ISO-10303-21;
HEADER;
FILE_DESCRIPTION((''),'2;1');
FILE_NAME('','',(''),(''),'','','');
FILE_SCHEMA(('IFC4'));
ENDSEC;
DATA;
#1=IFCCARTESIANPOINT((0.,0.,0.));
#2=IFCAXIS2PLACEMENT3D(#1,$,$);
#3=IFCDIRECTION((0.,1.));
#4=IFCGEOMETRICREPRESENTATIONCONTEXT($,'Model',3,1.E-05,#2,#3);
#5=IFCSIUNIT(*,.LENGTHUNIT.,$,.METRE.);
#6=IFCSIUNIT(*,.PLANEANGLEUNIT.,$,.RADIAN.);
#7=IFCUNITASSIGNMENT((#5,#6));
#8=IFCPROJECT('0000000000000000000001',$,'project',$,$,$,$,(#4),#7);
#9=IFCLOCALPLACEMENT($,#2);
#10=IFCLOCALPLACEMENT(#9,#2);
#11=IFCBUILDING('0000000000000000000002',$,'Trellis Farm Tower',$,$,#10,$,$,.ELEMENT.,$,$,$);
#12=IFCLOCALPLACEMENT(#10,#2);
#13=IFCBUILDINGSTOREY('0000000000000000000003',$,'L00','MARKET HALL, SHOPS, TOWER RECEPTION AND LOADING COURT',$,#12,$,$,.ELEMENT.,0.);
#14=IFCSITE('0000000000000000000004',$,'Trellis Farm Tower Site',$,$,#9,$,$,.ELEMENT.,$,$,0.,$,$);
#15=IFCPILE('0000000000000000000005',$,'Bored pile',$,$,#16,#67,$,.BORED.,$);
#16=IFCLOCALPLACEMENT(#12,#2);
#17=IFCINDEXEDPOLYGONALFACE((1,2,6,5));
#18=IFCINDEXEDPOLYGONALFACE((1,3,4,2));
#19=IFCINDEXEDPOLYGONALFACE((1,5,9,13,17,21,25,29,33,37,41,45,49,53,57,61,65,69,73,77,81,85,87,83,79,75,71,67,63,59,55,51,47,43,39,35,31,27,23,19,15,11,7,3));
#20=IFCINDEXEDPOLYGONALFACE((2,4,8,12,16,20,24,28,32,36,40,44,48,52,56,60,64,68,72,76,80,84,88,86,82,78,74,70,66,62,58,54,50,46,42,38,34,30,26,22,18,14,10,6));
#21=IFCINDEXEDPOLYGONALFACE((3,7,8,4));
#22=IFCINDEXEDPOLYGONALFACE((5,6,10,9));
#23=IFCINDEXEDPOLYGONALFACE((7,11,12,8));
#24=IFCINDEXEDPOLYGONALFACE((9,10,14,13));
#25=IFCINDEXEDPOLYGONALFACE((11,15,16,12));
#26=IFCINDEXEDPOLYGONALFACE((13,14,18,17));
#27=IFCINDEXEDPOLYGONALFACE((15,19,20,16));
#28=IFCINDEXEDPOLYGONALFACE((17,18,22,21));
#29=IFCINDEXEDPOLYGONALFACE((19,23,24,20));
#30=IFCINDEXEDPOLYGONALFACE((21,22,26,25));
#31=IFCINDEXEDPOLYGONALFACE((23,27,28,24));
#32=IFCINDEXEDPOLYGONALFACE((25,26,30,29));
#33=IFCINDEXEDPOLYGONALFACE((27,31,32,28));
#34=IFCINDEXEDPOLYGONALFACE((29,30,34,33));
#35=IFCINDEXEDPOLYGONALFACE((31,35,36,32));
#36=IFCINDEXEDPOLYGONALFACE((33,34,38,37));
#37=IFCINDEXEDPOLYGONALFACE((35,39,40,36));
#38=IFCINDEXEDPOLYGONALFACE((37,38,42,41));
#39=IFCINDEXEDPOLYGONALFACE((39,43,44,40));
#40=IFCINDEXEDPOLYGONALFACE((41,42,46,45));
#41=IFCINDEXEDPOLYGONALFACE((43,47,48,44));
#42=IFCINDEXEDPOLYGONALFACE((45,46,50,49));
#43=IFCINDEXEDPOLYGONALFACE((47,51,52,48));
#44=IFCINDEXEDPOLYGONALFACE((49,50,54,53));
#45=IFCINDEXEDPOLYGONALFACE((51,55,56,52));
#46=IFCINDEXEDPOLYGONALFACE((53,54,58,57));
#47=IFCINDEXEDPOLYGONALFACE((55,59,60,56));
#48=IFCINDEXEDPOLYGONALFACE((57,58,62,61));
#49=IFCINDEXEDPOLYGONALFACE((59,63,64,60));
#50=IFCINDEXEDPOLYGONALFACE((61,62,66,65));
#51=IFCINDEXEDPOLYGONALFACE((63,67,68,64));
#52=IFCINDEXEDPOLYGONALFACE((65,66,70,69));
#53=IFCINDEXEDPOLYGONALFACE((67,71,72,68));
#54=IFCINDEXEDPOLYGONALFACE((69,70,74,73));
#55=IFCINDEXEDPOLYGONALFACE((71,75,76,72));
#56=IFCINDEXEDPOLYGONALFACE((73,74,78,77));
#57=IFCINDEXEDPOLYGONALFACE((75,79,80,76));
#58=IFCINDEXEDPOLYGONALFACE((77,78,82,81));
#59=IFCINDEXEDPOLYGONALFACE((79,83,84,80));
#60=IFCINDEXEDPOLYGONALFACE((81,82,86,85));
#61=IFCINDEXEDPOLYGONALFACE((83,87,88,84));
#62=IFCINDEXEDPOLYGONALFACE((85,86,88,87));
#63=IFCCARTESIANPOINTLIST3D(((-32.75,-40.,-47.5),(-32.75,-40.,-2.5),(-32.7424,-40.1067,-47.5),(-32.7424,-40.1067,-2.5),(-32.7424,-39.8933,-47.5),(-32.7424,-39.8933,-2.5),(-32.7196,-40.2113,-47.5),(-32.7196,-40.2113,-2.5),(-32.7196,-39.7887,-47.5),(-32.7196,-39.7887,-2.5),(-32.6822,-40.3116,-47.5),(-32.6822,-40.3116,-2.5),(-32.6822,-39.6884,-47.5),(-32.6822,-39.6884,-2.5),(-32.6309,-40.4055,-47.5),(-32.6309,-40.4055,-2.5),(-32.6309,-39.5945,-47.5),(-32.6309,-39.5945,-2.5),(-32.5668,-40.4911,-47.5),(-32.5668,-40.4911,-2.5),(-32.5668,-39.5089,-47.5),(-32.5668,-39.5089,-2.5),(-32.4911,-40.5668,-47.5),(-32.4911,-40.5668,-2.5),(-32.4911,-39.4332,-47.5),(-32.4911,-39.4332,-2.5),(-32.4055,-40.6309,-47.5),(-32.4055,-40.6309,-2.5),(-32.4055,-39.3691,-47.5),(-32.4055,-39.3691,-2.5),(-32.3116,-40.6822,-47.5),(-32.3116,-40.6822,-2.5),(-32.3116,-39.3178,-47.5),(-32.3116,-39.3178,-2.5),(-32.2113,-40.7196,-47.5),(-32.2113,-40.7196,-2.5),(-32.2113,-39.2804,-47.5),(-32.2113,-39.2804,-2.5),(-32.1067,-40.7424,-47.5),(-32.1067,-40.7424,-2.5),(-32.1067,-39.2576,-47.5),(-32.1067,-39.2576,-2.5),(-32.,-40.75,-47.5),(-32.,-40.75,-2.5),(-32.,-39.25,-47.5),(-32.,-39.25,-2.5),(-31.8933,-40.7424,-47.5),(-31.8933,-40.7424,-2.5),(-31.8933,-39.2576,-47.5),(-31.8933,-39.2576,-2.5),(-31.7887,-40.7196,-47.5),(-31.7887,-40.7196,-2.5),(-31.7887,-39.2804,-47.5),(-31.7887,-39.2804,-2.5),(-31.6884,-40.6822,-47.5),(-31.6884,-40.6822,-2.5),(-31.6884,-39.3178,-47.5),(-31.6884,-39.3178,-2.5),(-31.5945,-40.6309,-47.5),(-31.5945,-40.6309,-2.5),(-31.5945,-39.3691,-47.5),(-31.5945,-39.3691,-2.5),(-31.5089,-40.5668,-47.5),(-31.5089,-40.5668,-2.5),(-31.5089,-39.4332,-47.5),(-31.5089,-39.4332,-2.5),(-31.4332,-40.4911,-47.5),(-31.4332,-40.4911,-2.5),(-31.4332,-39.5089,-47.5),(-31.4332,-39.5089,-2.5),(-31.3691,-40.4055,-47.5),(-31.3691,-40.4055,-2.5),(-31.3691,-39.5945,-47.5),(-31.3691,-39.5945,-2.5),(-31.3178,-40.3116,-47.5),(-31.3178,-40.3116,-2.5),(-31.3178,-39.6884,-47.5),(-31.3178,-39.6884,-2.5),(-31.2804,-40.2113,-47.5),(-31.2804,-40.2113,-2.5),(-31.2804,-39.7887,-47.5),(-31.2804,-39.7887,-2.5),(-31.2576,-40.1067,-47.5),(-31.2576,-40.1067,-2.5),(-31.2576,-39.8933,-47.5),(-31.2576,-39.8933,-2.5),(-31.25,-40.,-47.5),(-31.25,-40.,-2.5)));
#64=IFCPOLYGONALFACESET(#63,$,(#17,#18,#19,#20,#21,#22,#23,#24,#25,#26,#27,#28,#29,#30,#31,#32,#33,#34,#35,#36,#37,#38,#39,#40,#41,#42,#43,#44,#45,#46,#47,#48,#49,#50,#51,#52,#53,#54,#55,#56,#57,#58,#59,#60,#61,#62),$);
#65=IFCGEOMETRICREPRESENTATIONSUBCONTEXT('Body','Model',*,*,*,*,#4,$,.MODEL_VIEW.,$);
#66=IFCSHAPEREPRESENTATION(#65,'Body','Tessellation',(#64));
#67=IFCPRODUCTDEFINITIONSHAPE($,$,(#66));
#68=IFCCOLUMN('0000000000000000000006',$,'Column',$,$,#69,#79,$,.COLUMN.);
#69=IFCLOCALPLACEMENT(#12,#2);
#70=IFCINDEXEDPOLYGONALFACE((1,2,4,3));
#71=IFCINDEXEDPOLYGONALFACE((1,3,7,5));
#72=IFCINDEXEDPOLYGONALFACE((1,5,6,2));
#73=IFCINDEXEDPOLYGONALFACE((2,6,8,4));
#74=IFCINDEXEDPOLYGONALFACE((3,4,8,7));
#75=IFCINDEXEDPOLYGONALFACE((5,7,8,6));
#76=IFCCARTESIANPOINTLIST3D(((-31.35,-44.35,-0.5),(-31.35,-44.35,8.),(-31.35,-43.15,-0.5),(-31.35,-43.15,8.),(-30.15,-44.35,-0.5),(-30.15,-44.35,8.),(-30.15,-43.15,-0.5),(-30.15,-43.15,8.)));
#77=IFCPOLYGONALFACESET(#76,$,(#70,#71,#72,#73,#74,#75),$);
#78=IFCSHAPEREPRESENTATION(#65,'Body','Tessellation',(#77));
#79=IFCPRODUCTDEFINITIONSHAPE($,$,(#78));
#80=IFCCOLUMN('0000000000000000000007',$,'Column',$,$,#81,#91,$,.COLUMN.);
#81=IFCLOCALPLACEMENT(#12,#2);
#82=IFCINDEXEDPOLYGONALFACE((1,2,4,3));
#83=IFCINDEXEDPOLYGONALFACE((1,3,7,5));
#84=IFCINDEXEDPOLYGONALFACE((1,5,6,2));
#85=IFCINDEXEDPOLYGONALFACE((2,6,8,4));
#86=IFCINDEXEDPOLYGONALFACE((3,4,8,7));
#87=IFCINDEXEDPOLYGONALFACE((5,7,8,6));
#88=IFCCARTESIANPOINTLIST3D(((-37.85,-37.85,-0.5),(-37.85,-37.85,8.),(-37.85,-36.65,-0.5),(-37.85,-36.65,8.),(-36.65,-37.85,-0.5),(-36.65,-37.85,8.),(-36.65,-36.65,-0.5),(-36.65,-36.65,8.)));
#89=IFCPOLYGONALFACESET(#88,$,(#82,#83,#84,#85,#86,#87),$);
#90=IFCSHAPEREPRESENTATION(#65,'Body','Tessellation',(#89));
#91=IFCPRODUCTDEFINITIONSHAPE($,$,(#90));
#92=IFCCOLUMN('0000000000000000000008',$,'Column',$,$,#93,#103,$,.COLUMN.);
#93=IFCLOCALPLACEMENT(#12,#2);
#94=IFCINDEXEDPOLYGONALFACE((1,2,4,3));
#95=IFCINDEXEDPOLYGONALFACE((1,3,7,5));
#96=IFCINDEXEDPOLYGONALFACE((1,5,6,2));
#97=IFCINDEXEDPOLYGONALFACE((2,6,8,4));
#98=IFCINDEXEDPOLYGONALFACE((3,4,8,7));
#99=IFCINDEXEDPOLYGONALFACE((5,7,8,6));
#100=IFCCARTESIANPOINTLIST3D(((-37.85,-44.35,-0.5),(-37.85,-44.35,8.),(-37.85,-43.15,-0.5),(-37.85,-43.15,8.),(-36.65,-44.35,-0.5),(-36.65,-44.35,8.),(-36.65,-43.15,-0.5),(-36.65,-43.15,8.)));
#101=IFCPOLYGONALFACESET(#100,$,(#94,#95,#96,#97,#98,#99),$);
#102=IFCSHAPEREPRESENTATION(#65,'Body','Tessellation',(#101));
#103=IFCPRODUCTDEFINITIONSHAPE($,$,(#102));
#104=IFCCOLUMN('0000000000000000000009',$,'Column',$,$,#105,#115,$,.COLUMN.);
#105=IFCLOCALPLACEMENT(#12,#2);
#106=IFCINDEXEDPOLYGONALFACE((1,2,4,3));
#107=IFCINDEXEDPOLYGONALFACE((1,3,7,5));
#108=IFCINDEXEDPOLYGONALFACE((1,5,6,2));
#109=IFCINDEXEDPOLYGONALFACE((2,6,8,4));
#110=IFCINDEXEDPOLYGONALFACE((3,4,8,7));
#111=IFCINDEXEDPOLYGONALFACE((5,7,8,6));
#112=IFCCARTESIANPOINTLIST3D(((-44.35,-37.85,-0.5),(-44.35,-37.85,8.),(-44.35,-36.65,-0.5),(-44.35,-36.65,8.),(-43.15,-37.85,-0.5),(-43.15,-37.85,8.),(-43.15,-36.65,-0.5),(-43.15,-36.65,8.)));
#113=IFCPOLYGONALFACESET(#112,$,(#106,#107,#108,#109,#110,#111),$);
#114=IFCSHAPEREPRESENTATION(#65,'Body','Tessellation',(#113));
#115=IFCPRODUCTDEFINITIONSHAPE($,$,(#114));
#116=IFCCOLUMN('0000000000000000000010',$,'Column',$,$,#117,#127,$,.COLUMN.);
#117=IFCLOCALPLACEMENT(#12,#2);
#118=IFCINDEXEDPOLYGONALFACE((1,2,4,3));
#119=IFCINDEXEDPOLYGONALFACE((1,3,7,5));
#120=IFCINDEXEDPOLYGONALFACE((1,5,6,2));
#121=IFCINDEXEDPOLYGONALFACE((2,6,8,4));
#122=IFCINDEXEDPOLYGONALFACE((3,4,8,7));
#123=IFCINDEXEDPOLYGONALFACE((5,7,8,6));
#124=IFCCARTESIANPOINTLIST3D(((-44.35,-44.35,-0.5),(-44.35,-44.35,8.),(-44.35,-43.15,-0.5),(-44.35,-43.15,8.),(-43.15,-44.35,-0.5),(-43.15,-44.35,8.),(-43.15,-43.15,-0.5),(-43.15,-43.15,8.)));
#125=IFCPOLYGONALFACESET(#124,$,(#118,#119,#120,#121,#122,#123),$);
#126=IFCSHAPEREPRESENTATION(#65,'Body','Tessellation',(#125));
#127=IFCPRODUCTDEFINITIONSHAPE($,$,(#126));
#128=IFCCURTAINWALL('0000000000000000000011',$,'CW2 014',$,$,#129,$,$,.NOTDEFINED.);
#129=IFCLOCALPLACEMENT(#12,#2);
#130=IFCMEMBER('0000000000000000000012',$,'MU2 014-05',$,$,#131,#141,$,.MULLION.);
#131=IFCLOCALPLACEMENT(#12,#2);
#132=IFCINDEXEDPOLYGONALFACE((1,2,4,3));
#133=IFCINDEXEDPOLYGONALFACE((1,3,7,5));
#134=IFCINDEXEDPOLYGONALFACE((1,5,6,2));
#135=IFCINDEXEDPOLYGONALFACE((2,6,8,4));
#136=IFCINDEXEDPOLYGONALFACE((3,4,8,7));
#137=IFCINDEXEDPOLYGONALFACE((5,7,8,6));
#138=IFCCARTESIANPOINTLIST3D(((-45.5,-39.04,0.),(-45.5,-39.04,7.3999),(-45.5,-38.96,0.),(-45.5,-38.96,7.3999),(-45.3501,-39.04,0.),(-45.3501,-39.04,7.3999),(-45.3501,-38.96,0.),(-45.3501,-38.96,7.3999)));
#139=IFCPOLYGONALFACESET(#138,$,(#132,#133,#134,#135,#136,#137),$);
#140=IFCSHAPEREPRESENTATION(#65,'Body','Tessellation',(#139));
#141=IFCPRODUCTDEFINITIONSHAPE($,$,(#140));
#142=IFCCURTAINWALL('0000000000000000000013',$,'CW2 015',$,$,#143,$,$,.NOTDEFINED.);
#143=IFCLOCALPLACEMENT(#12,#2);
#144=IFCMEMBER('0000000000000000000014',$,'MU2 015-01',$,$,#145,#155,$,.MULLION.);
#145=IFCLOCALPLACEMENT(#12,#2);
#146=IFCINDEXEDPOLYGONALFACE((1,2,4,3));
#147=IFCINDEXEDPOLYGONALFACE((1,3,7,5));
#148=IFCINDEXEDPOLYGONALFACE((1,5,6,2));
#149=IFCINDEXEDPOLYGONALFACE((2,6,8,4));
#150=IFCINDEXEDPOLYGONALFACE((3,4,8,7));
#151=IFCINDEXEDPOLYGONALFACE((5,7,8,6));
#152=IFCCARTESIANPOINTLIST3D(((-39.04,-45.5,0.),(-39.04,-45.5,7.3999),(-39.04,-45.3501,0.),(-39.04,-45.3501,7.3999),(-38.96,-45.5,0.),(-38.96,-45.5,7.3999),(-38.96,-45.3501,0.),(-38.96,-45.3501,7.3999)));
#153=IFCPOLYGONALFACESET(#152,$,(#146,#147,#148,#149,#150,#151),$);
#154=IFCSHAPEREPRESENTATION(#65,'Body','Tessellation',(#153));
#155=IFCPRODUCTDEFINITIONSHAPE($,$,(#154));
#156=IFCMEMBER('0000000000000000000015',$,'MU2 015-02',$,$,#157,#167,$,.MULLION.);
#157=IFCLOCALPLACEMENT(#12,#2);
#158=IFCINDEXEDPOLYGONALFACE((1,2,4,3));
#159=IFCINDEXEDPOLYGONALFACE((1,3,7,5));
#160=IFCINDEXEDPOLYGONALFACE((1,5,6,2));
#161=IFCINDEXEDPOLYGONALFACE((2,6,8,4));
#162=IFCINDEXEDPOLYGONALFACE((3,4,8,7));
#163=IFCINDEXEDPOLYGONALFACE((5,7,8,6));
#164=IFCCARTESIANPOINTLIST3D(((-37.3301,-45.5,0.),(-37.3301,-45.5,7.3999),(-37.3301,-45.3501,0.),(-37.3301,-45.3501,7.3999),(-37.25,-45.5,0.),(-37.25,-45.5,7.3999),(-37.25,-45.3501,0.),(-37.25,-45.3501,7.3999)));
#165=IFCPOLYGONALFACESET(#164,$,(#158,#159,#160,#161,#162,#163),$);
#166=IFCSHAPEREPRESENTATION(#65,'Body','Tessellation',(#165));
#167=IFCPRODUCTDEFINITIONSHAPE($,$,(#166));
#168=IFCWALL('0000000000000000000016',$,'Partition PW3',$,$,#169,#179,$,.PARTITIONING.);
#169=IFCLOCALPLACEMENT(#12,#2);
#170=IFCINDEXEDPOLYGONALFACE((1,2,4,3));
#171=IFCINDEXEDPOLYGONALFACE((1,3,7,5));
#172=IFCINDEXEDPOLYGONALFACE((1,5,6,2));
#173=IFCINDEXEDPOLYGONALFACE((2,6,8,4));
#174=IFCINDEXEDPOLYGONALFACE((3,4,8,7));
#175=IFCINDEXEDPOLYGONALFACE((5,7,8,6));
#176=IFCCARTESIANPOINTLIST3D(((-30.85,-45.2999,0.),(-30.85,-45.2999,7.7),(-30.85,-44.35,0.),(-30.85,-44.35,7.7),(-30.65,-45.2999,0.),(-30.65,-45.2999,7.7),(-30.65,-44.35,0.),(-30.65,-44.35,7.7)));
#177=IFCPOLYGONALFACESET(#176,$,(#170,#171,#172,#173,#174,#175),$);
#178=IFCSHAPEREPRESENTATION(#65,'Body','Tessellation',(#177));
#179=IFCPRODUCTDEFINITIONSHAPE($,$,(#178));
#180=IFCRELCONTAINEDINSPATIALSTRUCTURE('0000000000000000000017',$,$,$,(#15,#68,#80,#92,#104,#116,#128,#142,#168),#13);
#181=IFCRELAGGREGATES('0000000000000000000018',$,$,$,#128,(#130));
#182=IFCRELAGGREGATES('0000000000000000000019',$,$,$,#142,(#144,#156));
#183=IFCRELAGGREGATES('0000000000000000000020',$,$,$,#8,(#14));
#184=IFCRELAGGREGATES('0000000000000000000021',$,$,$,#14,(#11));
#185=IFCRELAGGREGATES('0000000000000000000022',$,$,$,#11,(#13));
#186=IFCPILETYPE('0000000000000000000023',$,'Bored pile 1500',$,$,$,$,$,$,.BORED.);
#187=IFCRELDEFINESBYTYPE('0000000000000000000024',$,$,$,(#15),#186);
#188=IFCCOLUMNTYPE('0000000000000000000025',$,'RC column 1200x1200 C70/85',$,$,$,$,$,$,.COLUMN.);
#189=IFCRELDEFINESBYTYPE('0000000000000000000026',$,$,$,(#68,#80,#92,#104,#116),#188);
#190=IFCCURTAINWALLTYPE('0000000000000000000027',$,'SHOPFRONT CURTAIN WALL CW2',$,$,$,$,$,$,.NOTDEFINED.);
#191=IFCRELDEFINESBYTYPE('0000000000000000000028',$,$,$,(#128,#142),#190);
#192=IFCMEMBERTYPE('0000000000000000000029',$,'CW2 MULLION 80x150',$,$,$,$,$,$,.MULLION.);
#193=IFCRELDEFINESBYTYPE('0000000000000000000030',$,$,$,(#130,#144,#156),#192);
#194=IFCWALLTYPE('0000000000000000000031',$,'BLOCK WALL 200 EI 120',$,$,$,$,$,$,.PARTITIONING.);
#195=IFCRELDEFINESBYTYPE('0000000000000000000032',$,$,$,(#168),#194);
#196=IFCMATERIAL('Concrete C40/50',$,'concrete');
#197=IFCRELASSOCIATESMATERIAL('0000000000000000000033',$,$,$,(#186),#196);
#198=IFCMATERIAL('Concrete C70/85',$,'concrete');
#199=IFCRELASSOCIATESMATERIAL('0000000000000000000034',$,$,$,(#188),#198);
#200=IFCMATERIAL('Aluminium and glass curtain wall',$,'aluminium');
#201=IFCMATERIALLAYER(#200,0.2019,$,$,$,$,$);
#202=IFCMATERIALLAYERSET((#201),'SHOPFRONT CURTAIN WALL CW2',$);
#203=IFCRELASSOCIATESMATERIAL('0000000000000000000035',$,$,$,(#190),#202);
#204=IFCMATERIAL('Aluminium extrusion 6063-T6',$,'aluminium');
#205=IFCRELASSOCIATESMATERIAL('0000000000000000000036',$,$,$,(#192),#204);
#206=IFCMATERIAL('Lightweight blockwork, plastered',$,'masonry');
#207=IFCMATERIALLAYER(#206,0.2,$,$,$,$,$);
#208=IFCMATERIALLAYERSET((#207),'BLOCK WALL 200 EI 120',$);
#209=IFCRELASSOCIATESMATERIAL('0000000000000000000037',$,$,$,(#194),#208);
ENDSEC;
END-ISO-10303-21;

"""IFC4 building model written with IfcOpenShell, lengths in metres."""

from ifc_helpers import new_model, si_unit, direction, frame, frame_2d, origin, origin_2d, place, context, subcontext, project, spatial, rectangle, circle, extrude, source, transform, mapped, material, layer, layer_set, material_profile, profile_set, type_object, element, aggregate, save


model = new_model("IFC4")

# Units and contexts
model_context = context("Model", 3, precision=1e-05, world=origin(), true_north=direction((0.0, 1.0)))
body_context = subcontext(model_context, "Body", "Model", "MODEL_VIEW")
ifc_project = project(units=[si_unit("LENGTHUNIT", "METRE"), si_unit("PLANEANGLEUNIT", "RADIAN")], contexts=[model_context])

# Site, building, storey
site_placement = place(None, origin())
site = spatial("IfcSite", under=ifc_project, at=site_placement, Name="Trellis Farm Tower Site", CompositionType="ELEMENT", RefElevation=0.0)
building_placement = place(site_placement, origin())
building = spatial("IfcBuilding", under=site, at=building_placement, Name="Trellis Farm Tower", CompositionType="ELEMENT")
storey_placement = place(building_placement, origin())
storey = spatial("IfcBuildingStorey", under=building, at=storey_placement, Name="L00", Description="MARKET HALL, SHOPS, TOWER RECEPTION AND LOADING COURT", CompositionType="ELEMENT", Elevation=0.0)

# Pile
ifc_material_1 = material(Name="Concrete C40/50", Category="concrete")
ifc_material_profile_1 = material_profile(ifc_material_1, circle(Radius=0.75, at=origin_2d()), Name="Bored pile 1500")
ifc_profile_set_1 = profile_set([ifc_material_profile_1], Name="Concrete C40/50")
pile_type = type_object("IfcPileType", Name="Bored pile 1500", PredefinedType="BORED", material=ifc_profile_set_1)
shared_shape_1 = source(origin(), body_context, "Body", "SweptSolid", [
    extrude(circle(Radius=0.75, at=origin_2d()), origin(), (0.0, 0.0, 1.0), 45.0),
])
for number, where, z_axis, x_axis, name in (
    (1, (-32.0, -40.0, -2.5), (0.0, 0.0, -1.0), (1.0, 0.0, 0.0), "Bored pile"),
):
    element("IfcPile", number, at=place(storey_placement, frame(where, z_axis=z_axis, x_axis=x_axis)), inside=storey, type_object=pile_type, Name=name, PredefinedType="BORED", context=body_context, shape_type="MappedRepresentation", body=[
        mapped(shared_shape_1, transform((0.0, 0.0, 0.0))),
    ])

# Columns
ifc_material_2 = material(Name="Concrete C70/85", Category="concrete")
ifc_material_profile_2 = material_profile(ifc_material_2, rectangle(XDim=1.2, YDim=1.2, at=origin_2d()), Name="RC column 1200x1200 C70/85")
ifc_profile_set_2 = profile_set([ifc_material_profile_2], Name="Concrete C70/85")
column_type = type_object("IfcColumnType", Name="RC column 1200x1200 C70/85", PredefinedType="COLUMN", material=ifc_profile_set_2)
shared_shape_2 = source(origin(), body_context, "Body", "SweptSolid", [
    extrude(rectangle(XDim=1.2, YDim=1.2, at=origin_2d()), origin(), (0.0, 0.0, 1.0), 8.5),
])
for number, where, z_axis, x_axis, name in (
    (2, (-30.75, -43.75, -0.5), (0.0, 0.0, 1.0), (1.0, 0.0, 0.0), "Column"),
    (3, (-37.25, -37.25, -0.5), (0.0, 0.0, 1.0), (1.0, 0.0, 0.0), "Column"),
    (4, (-37.25, -43.75, -0.5), (0.0, 0.0, 1.0), (1.0, 0.0, 0.0), "Column"),
    (5, (-43.75, -37.25, -0.5), (0.0, 0.0, 1.0), (1.0, 0.0, 0.0), "Column"),
    (6, (-43.75, -43.75, -0.5), (0.0, 0.0, 1.0), (1.0, 0.0, 0.0), "Column"),
):
    element("IfcColumn", number, at=place(storey_placement, frame(where, z_axis=z_axis, x_axis=x_axis)), inside=storey, type_object=column_type, Name=name, PredefinedType="COLUMN", context=body_context, shape_type="MappedRepresentation", body=[
        mapped(shared_shape_2, transform((0.0, 0.0, 0.0))),
    ])

# Curtain wall, member
ifc_material_3 = material(Name="Aluminium and glass curtain wall", Category="aluminium")
ifc_layer_1 = layer(ifc_material_3, 0.2019)
ifc_layer_set_1 = layer_set([ifc_layer_1], Name="SHOPFRONT CURTAIN WALL CW2")
curtain_wall_type = type_object("IfcCurtainWallType", Name="SHOPFRONT CURTAIN WALL CW2", PredefinedType="NOTDEFINED", material=ifc_layer_set_1)
placement = place(storey_placement, origin())
curtain_wall_1 = element("IfcCurtainWall", 7, at=placement, inside=storey, type_object=curtain_wall_type, Name="CW2 014", PredefinedType="NOTDEFINED")
ifc_material_4 = material(Name="Aluminium extrusion 6063-T6", Category="aluminium")
ifc_material_profile_3 = material_profile(ifc_material_4, rectangle(XDim=0.0801, YDim=0.1499, at=origin_2d()), Name="MULLION 80x150")
ifc_profile_set_3 = profile_set([ifc_material_profile_3], Name="Aluminium extrusion 6063-T6")
member_type = type_object("IfcMemberType", Name="CW2 MULLION 80x150", PredefinedType="MULLION", material=ifc_profile_set_3)
shared_shape_3 = source(origin(), body_context, "Body", "SweptSolid", [
    extrude(rectangle(XDim=0.0801, YDim=0.1499, at=origin_2d()), origin(), (0.0, 0.0, 1.0), 7.3999),
])
member_1_placement = place(storey_placement, frame((-45.425, -39.0, 0.0), z_axis=(0.0, 0.0, 1.0), x_axis=(0.0, -1.0, 0.0)))
member_1 = element("IfcMember", 8, at=member_1_placement, type_object=member_type, Name="MU2 014-05", PredefinedType="MULLION", context=body_context, shape_type="MappedRepresentation", body=[
    mapped(shared_shape_3, transform((0.0, 0.0, 0.0))),
])
aggregate(curtain_wall_1, [member_1])

# Curtain wall, members
curtain_wall_2 = element("IfcCurtainWall", 9, at=placement, inside=storey, type_object=curtain_wall_type, Name="CW2 015", PredefinedType="NOTDEFINED")
member_2_placement = place(storey_placement, frame((-39.0, -45.425, 0.0), z_axis=(0.0, 0.0, 1.0), x_axis=(1.0, 0.0, 0.0)))
member_2 = element("IfcMember", 10, at=member_2_placement, type_object=member_type, Name="MU2 015-01", PredefinedType="MULLION", context=body_context, shape_type="MappedRepresentation", body=[
    mapped(shared_shape_3, transform((0.0, 0.0, 0.0))),
])
member_3_placement = place(storey_placement, frame((-37.29, -45.425, 0.0), z_axis=(0.0, 0.0, 1.0), x_axis=(1.0, 0.0, 0.0)))
member_3 = element("IfcMember", 11, at=member_3_placement, type_object=member_type, Name="MU2 015-02", PredefinedType="MULLION", context=body_context, shape_type="MappedRepresentation", body=[
    mapped(shared_shape_3, transform((0.0, 0.0, 0.0))),
])
aggregate(curtain_wall_2, [member_2, member_3])

# Wall
ifc_material_5 = material(Name="Lightweight blockwork, plastered", Category="masonry")
ifc_layer_2 = layer(ifc_material_5, 0.2)
ifc_layer_set_2 = layer_set([ifc_layer_2], Name="BLOCK WALL 200 EI 120")
wall_type_1 = type_object("IfcWallType", Name="BLOCK WALL 200 EI 120", PredefinedType="PARTITIONING", material=ifc_layer_set_2)
wall_1_placement = place(storey_placement, frame((-30.75, -45.3, 0.0), z_axis=(0.0, 0.0, 1.0), x_axis=(0.0, 1.0, 0.0)))
element("IfcWall", 12, at=wall_1_placement, inside=storey, type_object=wall_type_1, Name="Partition PW3", PredefinedType="PARTITIONING", context=body_context, shape_type="SweptSolid", body=[
    extrude(rectangle(XDim=0.95, YDim=0.2, at=frame_2d((0.4751, 0.0))), origin(), (0.0, 0.0, 1.0), 7.7),
])

save(model, "model.ifc")
